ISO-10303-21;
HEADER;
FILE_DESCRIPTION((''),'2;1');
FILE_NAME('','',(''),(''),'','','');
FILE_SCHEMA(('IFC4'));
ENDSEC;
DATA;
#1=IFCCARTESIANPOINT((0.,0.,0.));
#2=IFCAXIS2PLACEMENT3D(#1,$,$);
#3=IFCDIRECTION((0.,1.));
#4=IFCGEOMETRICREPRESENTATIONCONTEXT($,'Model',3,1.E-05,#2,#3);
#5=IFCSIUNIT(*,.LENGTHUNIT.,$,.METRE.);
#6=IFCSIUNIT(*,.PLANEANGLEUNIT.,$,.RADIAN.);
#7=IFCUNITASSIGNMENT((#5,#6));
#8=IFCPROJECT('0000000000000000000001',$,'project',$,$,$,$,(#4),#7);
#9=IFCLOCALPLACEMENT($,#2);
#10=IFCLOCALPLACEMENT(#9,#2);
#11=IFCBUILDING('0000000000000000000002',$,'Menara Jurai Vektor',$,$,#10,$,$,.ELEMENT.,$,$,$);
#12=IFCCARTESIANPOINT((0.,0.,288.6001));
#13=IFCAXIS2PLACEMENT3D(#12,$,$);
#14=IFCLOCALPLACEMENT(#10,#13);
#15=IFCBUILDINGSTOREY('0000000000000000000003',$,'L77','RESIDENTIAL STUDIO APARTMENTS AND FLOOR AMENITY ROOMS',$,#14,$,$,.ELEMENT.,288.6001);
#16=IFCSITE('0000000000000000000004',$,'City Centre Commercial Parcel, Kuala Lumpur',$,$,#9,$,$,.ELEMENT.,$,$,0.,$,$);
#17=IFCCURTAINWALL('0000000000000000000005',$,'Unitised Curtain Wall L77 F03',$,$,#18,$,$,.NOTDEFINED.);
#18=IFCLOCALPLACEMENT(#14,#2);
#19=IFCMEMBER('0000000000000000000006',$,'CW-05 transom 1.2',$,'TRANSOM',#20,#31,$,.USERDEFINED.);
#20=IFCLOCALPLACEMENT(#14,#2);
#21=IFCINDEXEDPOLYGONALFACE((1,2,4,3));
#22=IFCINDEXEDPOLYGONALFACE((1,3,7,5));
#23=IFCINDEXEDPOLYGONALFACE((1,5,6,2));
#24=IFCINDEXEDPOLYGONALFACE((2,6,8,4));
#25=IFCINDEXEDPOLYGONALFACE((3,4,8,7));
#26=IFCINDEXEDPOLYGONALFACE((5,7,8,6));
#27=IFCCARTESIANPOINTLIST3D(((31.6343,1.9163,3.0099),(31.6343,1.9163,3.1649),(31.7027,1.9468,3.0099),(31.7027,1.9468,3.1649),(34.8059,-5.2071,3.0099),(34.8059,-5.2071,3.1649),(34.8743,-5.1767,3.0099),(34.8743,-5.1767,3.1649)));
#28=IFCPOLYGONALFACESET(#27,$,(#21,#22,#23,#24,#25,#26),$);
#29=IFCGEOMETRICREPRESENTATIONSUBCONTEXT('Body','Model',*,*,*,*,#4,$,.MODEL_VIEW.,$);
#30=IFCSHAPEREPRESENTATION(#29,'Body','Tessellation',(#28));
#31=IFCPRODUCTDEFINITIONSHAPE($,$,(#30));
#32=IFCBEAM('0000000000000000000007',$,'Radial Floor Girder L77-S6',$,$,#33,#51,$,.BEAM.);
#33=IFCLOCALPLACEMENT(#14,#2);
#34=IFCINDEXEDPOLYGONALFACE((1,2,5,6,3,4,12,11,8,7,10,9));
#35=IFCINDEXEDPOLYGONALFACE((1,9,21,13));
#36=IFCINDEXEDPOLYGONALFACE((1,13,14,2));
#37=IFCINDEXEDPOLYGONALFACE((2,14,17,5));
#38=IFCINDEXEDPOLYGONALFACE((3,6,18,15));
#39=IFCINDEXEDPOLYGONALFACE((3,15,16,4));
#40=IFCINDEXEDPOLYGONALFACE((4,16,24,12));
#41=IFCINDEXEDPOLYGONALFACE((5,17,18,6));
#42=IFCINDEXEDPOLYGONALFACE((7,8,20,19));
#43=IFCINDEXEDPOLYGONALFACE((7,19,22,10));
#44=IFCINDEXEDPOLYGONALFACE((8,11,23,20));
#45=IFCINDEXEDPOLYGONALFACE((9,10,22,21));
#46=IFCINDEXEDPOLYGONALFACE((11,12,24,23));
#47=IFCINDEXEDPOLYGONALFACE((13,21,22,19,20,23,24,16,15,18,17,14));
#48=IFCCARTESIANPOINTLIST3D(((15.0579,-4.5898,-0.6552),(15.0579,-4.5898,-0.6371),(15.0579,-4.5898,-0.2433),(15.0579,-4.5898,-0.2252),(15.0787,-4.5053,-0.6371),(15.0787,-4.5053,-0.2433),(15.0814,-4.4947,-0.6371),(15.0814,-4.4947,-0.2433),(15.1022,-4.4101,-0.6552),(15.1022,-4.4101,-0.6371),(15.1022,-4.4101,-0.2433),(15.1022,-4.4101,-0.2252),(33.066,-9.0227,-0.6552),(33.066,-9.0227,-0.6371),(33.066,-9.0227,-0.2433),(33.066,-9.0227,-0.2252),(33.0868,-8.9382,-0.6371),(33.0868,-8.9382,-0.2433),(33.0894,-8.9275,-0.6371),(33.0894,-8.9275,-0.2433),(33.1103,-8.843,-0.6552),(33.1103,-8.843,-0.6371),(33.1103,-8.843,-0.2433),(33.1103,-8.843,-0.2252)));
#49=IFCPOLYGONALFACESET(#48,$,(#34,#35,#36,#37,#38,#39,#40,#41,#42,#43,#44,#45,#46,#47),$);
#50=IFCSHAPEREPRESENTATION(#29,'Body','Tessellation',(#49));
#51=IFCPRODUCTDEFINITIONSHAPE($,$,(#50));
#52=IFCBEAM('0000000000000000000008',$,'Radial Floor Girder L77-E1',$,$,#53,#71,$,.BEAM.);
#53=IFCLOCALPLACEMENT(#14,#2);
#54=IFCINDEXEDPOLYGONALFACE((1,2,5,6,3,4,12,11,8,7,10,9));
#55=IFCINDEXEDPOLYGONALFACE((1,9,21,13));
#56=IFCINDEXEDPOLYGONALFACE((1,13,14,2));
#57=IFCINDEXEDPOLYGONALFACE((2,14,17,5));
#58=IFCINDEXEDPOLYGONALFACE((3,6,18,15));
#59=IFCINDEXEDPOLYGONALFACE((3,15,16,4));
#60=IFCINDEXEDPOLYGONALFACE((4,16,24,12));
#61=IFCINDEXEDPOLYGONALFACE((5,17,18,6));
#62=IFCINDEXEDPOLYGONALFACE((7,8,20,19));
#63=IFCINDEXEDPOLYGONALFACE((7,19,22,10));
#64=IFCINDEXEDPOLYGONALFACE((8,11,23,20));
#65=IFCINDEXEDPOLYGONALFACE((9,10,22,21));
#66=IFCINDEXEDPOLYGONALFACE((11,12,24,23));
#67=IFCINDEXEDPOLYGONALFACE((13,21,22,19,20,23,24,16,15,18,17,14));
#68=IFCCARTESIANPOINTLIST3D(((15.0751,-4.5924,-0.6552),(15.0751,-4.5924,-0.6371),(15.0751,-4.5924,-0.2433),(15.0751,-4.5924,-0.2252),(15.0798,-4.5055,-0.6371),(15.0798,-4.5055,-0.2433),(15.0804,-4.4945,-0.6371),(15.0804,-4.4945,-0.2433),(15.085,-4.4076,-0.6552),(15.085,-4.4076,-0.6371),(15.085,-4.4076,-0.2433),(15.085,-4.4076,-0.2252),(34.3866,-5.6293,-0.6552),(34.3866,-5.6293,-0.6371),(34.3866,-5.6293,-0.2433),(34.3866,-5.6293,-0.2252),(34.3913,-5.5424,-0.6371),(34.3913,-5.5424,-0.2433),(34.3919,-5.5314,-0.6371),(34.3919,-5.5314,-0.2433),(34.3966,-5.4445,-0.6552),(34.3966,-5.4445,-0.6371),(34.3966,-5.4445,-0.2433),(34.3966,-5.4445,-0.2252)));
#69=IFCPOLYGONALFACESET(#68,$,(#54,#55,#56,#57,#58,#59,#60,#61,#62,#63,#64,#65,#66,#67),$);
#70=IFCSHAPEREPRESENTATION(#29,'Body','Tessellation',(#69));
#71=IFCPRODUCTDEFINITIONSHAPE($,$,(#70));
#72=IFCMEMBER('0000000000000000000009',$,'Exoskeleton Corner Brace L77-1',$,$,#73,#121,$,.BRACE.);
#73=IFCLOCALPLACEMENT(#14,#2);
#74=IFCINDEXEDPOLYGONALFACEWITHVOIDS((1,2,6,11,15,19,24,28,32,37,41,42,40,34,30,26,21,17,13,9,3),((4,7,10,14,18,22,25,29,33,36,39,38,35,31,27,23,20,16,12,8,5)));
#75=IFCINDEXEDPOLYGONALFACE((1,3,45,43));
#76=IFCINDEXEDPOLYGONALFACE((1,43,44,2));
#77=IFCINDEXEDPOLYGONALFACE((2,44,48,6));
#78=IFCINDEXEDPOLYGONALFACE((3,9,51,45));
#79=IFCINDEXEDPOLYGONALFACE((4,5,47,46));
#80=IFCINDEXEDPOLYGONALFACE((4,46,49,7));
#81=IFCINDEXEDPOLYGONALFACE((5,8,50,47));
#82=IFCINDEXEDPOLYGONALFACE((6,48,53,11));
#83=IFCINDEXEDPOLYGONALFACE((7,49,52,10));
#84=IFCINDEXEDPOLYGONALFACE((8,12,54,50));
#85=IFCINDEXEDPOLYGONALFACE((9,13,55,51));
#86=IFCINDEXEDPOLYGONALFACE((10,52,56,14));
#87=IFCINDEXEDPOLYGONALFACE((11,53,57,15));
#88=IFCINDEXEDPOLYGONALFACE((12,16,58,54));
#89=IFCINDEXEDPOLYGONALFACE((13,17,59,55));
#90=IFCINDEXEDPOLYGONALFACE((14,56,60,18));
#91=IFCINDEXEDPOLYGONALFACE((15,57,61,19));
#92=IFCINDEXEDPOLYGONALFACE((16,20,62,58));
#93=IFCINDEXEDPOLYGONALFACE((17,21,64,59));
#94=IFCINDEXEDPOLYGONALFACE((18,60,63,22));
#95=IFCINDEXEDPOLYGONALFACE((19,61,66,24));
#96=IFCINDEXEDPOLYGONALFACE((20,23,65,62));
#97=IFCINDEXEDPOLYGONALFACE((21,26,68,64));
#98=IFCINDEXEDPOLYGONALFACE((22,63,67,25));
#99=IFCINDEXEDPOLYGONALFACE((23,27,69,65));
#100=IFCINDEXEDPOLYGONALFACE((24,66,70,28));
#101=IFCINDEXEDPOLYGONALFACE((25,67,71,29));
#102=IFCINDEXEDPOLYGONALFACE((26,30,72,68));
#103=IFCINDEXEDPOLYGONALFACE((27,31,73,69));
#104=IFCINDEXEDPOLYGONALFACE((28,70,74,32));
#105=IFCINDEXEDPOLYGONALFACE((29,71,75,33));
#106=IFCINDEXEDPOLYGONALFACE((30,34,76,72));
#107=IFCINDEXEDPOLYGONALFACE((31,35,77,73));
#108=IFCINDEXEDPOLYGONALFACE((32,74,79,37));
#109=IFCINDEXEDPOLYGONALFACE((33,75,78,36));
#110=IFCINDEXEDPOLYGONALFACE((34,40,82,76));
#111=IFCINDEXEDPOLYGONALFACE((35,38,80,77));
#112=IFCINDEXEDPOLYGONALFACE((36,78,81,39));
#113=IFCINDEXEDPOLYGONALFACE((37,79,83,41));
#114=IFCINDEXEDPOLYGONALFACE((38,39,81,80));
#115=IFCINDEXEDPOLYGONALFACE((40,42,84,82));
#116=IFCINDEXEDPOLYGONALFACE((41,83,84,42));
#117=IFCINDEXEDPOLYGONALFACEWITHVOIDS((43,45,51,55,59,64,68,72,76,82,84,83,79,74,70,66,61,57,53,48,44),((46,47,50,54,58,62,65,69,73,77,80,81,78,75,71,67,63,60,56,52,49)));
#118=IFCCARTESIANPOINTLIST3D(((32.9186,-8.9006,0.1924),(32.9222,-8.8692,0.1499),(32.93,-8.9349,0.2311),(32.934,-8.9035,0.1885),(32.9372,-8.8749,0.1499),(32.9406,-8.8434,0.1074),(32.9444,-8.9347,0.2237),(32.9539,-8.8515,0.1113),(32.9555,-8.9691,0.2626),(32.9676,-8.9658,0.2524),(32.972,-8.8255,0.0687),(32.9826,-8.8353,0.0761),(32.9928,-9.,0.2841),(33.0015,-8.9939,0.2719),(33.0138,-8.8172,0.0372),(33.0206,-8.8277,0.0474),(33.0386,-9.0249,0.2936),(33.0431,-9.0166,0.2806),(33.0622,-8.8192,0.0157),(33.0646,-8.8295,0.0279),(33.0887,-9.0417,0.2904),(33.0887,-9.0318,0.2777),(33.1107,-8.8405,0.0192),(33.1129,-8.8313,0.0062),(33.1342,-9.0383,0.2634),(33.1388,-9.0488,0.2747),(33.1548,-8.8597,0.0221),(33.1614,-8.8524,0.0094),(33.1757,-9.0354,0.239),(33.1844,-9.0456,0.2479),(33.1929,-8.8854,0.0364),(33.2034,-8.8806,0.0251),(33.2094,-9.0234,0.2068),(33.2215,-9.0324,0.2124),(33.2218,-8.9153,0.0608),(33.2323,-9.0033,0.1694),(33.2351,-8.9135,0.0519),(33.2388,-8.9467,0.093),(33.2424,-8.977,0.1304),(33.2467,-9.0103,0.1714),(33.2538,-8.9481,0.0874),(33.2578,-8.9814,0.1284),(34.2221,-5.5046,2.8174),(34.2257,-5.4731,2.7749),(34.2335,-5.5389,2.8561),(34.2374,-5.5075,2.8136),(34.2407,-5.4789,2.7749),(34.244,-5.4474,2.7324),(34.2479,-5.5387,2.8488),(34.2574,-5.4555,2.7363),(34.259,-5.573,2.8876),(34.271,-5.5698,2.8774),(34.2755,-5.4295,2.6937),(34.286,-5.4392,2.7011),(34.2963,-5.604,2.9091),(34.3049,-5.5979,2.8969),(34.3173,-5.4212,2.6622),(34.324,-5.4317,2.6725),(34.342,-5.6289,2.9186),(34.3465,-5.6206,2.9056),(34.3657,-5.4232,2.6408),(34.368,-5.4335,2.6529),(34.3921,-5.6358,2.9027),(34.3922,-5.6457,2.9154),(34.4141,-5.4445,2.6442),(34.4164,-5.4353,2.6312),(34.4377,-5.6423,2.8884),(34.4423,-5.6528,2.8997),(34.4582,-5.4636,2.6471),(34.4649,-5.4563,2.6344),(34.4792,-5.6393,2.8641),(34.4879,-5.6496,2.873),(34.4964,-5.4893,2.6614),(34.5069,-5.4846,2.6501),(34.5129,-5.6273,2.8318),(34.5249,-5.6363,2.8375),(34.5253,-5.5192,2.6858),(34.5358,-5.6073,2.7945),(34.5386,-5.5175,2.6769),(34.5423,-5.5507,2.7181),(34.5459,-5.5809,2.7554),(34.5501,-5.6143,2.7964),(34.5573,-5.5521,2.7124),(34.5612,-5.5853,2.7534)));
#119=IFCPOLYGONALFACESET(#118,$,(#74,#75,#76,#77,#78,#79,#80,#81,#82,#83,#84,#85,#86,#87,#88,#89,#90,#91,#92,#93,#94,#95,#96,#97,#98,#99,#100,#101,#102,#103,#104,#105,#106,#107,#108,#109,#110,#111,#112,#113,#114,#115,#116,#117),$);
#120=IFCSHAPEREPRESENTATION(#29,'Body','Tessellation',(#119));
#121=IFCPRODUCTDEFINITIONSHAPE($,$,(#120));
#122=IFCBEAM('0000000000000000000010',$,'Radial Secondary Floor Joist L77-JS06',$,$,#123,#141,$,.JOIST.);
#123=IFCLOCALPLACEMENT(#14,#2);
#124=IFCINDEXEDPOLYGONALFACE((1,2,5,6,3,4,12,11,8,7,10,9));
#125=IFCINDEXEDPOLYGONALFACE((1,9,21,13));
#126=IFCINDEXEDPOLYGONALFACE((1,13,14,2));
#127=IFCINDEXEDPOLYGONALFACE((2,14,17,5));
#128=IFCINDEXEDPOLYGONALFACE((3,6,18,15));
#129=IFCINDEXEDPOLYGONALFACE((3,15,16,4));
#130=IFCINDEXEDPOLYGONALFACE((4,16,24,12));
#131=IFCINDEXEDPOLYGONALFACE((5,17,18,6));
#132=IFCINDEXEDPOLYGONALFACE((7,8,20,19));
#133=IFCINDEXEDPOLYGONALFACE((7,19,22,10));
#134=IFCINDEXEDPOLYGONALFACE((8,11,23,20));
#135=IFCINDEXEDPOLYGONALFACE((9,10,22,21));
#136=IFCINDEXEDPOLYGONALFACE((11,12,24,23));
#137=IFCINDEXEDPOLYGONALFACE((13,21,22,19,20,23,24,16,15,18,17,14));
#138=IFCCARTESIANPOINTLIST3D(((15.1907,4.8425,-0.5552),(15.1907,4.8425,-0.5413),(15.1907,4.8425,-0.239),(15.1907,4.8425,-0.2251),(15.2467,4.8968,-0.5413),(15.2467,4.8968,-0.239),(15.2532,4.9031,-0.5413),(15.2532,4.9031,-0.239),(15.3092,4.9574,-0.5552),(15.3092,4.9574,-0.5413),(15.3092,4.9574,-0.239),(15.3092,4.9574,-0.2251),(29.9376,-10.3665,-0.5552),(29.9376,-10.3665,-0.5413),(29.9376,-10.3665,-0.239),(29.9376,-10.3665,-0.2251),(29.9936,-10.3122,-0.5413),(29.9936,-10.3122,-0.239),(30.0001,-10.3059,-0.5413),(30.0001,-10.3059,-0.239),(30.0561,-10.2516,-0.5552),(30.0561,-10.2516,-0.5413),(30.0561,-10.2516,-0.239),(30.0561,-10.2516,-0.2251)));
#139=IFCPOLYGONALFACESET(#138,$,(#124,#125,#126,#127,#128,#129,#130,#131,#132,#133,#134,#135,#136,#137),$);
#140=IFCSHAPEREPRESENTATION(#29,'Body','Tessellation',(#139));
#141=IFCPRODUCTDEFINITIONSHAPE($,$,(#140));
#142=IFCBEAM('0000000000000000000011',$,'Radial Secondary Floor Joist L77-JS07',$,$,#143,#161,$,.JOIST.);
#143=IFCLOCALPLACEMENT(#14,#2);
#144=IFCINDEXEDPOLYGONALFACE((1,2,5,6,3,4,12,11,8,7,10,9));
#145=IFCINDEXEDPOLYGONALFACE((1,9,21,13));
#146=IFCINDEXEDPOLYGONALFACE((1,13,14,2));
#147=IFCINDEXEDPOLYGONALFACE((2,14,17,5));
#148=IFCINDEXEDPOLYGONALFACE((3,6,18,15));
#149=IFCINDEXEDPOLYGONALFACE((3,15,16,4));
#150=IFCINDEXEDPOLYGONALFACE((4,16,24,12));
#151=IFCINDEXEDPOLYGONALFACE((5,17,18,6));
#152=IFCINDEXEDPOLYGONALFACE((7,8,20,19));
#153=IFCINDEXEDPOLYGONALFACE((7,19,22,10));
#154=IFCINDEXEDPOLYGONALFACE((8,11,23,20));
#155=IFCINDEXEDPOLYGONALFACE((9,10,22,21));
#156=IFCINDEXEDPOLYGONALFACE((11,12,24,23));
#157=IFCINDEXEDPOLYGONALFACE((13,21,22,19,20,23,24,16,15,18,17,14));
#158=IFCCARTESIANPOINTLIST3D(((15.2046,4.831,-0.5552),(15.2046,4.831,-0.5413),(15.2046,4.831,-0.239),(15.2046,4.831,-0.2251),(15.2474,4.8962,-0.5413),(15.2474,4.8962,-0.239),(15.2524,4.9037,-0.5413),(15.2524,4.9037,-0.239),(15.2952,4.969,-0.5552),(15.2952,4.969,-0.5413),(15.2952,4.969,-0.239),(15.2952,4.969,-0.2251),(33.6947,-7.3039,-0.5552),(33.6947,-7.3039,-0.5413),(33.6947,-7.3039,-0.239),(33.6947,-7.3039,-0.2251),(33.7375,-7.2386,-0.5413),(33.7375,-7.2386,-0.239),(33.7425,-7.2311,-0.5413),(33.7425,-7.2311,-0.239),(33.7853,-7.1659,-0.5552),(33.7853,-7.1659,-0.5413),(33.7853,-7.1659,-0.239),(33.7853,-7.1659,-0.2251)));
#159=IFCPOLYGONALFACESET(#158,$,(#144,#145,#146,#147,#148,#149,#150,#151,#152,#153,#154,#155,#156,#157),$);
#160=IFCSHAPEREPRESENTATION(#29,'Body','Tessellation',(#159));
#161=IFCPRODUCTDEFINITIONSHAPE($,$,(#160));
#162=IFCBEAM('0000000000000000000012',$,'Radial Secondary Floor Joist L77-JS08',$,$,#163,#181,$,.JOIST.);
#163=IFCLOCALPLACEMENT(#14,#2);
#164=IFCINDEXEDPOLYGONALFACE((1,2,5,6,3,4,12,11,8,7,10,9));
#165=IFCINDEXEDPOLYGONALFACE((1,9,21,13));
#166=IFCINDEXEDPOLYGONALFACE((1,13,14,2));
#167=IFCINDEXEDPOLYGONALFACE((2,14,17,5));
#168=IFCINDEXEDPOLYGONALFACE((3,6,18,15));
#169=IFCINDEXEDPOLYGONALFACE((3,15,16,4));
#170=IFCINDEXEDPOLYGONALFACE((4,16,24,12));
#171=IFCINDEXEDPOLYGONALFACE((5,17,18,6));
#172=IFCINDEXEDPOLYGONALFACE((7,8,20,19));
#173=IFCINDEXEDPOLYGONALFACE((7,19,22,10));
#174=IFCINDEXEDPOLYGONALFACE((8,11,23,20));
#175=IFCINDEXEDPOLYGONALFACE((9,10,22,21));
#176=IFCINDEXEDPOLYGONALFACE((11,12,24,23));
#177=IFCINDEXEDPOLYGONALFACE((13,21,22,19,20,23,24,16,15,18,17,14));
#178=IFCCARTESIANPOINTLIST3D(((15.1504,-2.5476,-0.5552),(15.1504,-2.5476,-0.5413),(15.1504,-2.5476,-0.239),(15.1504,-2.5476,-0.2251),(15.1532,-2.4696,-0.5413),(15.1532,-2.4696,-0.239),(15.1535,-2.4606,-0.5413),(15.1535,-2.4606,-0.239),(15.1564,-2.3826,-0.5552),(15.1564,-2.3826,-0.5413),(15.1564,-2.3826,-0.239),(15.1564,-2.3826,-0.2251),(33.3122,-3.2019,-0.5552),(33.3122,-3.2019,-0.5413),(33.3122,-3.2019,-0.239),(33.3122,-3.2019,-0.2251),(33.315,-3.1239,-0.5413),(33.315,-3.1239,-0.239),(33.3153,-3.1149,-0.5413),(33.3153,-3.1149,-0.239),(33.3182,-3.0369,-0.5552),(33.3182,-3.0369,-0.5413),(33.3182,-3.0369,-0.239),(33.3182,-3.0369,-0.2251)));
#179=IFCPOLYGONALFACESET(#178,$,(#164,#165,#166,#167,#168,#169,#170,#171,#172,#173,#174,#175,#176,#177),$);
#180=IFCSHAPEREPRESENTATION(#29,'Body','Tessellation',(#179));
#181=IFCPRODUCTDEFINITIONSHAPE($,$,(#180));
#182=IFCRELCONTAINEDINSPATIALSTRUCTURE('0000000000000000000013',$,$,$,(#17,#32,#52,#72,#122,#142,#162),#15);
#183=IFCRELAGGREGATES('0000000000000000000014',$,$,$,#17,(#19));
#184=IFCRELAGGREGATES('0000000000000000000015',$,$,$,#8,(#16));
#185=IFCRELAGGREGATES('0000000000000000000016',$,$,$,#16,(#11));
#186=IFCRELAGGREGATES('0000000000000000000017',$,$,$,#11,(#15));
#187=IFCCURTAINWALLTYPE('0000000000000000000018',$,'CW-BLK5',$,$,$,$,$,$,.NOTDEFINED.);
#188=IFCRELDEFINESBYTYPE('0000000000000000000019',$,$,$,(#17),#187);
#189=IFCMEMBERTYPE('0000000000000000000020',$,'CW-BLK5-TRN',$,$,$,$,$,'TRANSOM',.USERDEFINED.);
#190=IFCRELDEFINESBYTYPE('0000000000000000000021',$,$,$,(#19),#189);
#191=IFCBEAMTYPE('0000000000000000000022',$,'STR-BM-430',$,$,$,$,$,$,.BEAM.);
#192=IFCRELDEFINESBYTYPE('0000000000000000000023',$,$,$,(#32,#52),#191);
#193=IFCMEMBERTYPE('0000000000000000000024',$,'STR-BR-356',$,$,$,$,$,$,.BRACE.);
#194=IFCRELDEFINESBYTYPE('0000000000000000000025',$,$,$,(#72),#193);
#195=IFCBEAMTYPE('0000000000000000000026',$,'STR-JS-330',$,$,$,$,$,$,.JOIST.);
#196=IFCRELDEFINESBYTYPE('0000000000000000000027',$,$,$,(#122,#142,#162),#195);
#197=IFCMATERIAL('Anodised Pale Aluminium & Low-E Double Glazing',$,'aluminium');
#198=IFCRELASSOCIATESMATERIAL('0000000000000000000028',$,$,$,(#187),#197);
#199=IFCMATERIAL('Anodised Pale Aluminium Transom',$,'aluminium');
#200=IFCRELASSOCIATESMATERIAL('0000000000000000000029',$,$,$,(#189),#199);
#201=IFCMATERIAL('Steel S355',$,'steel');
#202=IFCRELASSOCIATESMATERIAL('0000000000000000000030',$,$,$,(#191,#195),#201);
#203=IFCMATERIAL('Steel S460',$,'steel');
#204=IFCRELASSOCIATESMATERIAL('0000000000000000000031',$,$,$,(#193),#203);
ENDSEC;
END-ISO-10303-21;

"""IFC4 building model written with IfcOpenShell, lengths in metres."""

from ifc_helpers import new_model, si_unit, direction, frame, origin, origin_2d, place, context, subcontext, project, spatial, rectangle, hollow_circle, i_section, extrude, material, material_profile, profile_set, type_object, element, aggregate, save


model = new_model("IFC4")

# Units and contexts
model_context = context("Model", 3, precision=1e-05, world=origin(), true_north=direction((0.0, 1.0)))
body_context = subcontext(model_context, "Body", "Model", "MODEL_VIEW")
ifc_project = project(units=[si_unit("LENGTHUNIT", "METRE"), si_unit("PLANEANGLEUNIT", "RADIAN")], contexts=[model_context])

# Site, building, storey
site_placement = place(None, origin())
site = spatial("IfcSite", under=ifc_project, at=site_placement, Name="City Centre Commercial Parcel, Kuala Lumpur", CompositionType="ELEMENT", RefElevation=0.0)
building_placement = place(site_placement, origin())
building = spatial("IfcBuilding", under=site, at=building_placement, Name="Menara Jurai Vektor", CompositionType="ELEMENT")
storey_placement = place(building_placement, frame((0.0, 0.0, 288.6001)))
storey = spatial("IfcBuildingStorey", under=building, at=storey_placement, Name="L77", Description="RESIDENTIAL STUDIO APARTMENTS AND FLOOR AMENITY ROOMS", CompositionType="ELEMENT", Elevation=288.6001)

# Shared definitions
ifc_material_1 = material(Name="Steel S460", Category="steel")

# Shared definitions
ifc_material_2 = material(Name="Anodised Pale Aluminium & Low-E Double Glazing", Category="aluminium")
curtain_wall_type = type_object("IfcCurtainWallType", Name="CW-BLK5", PredefinedType="NOTDEFINED", material=ifc_material_2)

# Curtain wall
curtain_wall_1_placement = place(storey_placement, origin())
curtain_wall_1 = element("IfcCurtainWall", 1, at=curtain_wall_1_placement, inside=storey, type_object=curtain_wall_type, Name="Unitised Curtain Wall L77 F03", PredefinedType="NOTDEFINED")

# Member
ifc_material_3 = material(Name="Anodised Pale Aluminium Transom", Category="aluminium")
ifc_material_profile_1 = material_profile(ifc_material_3, rectangle(XDim=0.075, YDim=0.155, at=origin_2d()), Name="ALU TRN 75x155")
ifc_profile_set_1 = profile_set([ifc_material_profile_1], Name="Anodised Pale Aluminium Transom")
member_type_1 = type_object("IfcMemberType", Name="CW-BLK5-TRN", ElementType="TRANSOM", PredefinedType="USERDEFINED", material=ifc_profile_set_1)
member_1_placement = place(storey_placement, frame((34.8401, -5.1919, 3.0874), z_axis=(-0.40674, 0.913544, 0.0), x_axis=(-0.913544, -0.40674, 0.0)))
member_1 = element("IfcMember", 2, at=member_1_placement, type_object=member_type_1, Name="CW-05 transom 1.2", ObjectType="TRANSOM", PredefinedType="USERDEFINED", context=body_context, shape_type="SweptSolid", body=[
    extrude(rectangle(XDim=0.075, YDim=0.155, at=origin_2d()), origin(), (0.0, 0.0, 1.0), 7.7976),
])

# Beams
ifc_material_4 = material(Name="Steel S355", Category="steel")
ifc_material_profile_2 = material_profile(ifc_material_4, i_section(OverallWidth=0.1851, OverallDepth=0.4299, WebThickness=0.011, FlangeThickness=0.0181, at=origin_2d()), Name="PG 430x185x76")
ifc_profile_set_2 = profile_set([ifc_material_profile_2], Name="Steel S355")
beam_type_1 = type_object("IfcBeamType", Name="STR-BM-430", PredefinedType="BEAM", material=ifc_profile_set_2)
beam_1_placement = place(storey_placement, frame((33.0881, -8.9329, -0.4402), z_axis=(-0.971014, 0.239025, 0.0), x_axis=(-0.239025, -0.971014, 0.0)))
element("IfcBeam", 3, at=beam_1_placement, inside=storey, type_object=beam_type_1, Name="Radial Floor Girder L77-S6", PredefinedType="BEAM", context=body_context, shape_type="SweptSolid", body=[
    extrude(i_section(OverallWidth=0.1851, OverallDepth=0.4299, WebThickness=0.011, FlangeThickness=0.0181, at=origin_2d()), origin(), (0.0, 0.0, 1.0), 18.5457),
])
beam_2_placement = place(storey_placement, frame((34.3916, -5.5369, -0.4402), z_axis=(-0.998562, 0.053614, 0.0), x_axis=(-0.053614, -0.998562, 0.0)))
element("IfcBeam", 4, at=beam_2_placement, inside=storey, type_object=beam_type_1, Name="Radial Floor Girder L77-E1", PredefinedType="BEAM", context=body_context, shape_type="SweptSolid", body=[
    extrude(i_section(OverallWidth=0.1851, OverallDepth=0.4299, WebThickness=0.011, FlangeThickness=0.0181, at=origin_2d()), origin(), (0.0, 0.0, 1.0), 19.3394),
])

# Member
ifc_material_profile_3 = material_profile(ifc_material_1, hollow_circle(Radius=0.1777, WallThickness=0.0161, at=origin_2d()), Name="CHS 355.6x16")
ifc_profile_set_3 = profile_set([ifc_material_profile_3], Name="Steel S460")
member_type_2 = type_object("IfcMemberType", Name="STR-BR-356", PredefinedType="BRACE", material=ifc_profile_set_3)
member_2_placement = place(storey_placement, frame((33.0881, -8.9329, 0.1499), z_axis=(0.290576, 0.757054, 0.585179), x_axis=(-0.933593, 0.358336, 0.0)))
element("IfcMember", 5, at=member_2_placement, inside=storey, type_object=member_type_2, Name="Exoskeleton Corner Brace L77-1", PredefinedType="BRACE", context=body_context, shape_type="SweptSolid", body=[
    extrude(hollow_circle(Radius=0.1777, WallThickness=0.0161, at=origin_2d()), origin(), (0.0, 0.0, 1.0), 4.4858),
])

# Beams
ifc_material_profile_4 = material_profile(ifc_material_4, i_section(OverallWidth=0.165, OverallDepth=0.3301, WebThickness=0.009, FlangeThickness=0.0139, at=origin_2d()), Name="PG 330x165x46")
ifc_profile_set_4 = profile_set([ifc_material_profile_4], Name="Steel S355")
beam_type_2 = type_object("IfcBeamType", Name="STR-JS-330", PredefinedType="JOIST", material=ifc_profile_set_4)
beam_3_placement = place(storey_placement, frame((29.9968, -10.3091, -0.3901), z_axis=(-0.696115, 0.717931, 0.0), x_axis=(-0.717931, -0.696115, 0.0)))
element("IfcBeam", 6, at=beam_3_placement, inside=storey, type_object=beam_type_2, Name="Radial Secondary Floor Joist L77-JS06", PredefinedType="JOIST", context=body_context, shape_type="SweptSolid", body=[
    extrude(i_section(OverallWidth=0.165, OverallDepth=0.3301, WebThickness=0.009, FlangeThickness=0.0139, at=origin_2d()), origin(), (0.0, 0.0, 1.0), 21.1846),
])
beam_4_placement = place(storey_placement, frame((33.74, -7.2349, -0.3901), z_axis=(-0.836033, 0.548679, 0.0), x_axis=(-0.548679, -0.836033, 0.0)))
element("IfcBeam", 7, at=beam_4_placement, inside=storey, type_object=beam_type_2, Name="Radial Secondary Floor Joist L77-JS07", PredefinedType="JOIST", context=body_context, shape_type="SweptSolid", body=[
    extrude(i_section(OverallWidth=0.165, OverallDepth=0.3301, WebThickness=0.009, FlangeThickness=0.0139, at=origin_2d()), origin(), (0.0, 0.0, 1.0), 22.1165),
])
beam_5_placement = place(storey_placement, frame((33.3152, -3.1194, -0.3901), z_axis=(-0.999352, 0.036003, 0.0), x_axis=(-0.036003, -0.999352, 0.0)))
element("IfcBeam", 8, at=beam_5_placement, inside=storey, type_object=beam_type_2, Name="Radial Secondary Floor Joist L77-JS08", PredefinedType="JOIST", context=body_context, shape_type="SweptSolid", body=[
    extrude(i_section(OverallWidth=0.165, OverallDepth=0.3301, WebThickness=0.009, FlangeThickness=0.0139, at=origin_2d()), origin(), (0.0, 0.0, 1.0), 18.1736),
])

aggregate(curtain_wall_1, [member_1])

save(model, "model.ifc")
